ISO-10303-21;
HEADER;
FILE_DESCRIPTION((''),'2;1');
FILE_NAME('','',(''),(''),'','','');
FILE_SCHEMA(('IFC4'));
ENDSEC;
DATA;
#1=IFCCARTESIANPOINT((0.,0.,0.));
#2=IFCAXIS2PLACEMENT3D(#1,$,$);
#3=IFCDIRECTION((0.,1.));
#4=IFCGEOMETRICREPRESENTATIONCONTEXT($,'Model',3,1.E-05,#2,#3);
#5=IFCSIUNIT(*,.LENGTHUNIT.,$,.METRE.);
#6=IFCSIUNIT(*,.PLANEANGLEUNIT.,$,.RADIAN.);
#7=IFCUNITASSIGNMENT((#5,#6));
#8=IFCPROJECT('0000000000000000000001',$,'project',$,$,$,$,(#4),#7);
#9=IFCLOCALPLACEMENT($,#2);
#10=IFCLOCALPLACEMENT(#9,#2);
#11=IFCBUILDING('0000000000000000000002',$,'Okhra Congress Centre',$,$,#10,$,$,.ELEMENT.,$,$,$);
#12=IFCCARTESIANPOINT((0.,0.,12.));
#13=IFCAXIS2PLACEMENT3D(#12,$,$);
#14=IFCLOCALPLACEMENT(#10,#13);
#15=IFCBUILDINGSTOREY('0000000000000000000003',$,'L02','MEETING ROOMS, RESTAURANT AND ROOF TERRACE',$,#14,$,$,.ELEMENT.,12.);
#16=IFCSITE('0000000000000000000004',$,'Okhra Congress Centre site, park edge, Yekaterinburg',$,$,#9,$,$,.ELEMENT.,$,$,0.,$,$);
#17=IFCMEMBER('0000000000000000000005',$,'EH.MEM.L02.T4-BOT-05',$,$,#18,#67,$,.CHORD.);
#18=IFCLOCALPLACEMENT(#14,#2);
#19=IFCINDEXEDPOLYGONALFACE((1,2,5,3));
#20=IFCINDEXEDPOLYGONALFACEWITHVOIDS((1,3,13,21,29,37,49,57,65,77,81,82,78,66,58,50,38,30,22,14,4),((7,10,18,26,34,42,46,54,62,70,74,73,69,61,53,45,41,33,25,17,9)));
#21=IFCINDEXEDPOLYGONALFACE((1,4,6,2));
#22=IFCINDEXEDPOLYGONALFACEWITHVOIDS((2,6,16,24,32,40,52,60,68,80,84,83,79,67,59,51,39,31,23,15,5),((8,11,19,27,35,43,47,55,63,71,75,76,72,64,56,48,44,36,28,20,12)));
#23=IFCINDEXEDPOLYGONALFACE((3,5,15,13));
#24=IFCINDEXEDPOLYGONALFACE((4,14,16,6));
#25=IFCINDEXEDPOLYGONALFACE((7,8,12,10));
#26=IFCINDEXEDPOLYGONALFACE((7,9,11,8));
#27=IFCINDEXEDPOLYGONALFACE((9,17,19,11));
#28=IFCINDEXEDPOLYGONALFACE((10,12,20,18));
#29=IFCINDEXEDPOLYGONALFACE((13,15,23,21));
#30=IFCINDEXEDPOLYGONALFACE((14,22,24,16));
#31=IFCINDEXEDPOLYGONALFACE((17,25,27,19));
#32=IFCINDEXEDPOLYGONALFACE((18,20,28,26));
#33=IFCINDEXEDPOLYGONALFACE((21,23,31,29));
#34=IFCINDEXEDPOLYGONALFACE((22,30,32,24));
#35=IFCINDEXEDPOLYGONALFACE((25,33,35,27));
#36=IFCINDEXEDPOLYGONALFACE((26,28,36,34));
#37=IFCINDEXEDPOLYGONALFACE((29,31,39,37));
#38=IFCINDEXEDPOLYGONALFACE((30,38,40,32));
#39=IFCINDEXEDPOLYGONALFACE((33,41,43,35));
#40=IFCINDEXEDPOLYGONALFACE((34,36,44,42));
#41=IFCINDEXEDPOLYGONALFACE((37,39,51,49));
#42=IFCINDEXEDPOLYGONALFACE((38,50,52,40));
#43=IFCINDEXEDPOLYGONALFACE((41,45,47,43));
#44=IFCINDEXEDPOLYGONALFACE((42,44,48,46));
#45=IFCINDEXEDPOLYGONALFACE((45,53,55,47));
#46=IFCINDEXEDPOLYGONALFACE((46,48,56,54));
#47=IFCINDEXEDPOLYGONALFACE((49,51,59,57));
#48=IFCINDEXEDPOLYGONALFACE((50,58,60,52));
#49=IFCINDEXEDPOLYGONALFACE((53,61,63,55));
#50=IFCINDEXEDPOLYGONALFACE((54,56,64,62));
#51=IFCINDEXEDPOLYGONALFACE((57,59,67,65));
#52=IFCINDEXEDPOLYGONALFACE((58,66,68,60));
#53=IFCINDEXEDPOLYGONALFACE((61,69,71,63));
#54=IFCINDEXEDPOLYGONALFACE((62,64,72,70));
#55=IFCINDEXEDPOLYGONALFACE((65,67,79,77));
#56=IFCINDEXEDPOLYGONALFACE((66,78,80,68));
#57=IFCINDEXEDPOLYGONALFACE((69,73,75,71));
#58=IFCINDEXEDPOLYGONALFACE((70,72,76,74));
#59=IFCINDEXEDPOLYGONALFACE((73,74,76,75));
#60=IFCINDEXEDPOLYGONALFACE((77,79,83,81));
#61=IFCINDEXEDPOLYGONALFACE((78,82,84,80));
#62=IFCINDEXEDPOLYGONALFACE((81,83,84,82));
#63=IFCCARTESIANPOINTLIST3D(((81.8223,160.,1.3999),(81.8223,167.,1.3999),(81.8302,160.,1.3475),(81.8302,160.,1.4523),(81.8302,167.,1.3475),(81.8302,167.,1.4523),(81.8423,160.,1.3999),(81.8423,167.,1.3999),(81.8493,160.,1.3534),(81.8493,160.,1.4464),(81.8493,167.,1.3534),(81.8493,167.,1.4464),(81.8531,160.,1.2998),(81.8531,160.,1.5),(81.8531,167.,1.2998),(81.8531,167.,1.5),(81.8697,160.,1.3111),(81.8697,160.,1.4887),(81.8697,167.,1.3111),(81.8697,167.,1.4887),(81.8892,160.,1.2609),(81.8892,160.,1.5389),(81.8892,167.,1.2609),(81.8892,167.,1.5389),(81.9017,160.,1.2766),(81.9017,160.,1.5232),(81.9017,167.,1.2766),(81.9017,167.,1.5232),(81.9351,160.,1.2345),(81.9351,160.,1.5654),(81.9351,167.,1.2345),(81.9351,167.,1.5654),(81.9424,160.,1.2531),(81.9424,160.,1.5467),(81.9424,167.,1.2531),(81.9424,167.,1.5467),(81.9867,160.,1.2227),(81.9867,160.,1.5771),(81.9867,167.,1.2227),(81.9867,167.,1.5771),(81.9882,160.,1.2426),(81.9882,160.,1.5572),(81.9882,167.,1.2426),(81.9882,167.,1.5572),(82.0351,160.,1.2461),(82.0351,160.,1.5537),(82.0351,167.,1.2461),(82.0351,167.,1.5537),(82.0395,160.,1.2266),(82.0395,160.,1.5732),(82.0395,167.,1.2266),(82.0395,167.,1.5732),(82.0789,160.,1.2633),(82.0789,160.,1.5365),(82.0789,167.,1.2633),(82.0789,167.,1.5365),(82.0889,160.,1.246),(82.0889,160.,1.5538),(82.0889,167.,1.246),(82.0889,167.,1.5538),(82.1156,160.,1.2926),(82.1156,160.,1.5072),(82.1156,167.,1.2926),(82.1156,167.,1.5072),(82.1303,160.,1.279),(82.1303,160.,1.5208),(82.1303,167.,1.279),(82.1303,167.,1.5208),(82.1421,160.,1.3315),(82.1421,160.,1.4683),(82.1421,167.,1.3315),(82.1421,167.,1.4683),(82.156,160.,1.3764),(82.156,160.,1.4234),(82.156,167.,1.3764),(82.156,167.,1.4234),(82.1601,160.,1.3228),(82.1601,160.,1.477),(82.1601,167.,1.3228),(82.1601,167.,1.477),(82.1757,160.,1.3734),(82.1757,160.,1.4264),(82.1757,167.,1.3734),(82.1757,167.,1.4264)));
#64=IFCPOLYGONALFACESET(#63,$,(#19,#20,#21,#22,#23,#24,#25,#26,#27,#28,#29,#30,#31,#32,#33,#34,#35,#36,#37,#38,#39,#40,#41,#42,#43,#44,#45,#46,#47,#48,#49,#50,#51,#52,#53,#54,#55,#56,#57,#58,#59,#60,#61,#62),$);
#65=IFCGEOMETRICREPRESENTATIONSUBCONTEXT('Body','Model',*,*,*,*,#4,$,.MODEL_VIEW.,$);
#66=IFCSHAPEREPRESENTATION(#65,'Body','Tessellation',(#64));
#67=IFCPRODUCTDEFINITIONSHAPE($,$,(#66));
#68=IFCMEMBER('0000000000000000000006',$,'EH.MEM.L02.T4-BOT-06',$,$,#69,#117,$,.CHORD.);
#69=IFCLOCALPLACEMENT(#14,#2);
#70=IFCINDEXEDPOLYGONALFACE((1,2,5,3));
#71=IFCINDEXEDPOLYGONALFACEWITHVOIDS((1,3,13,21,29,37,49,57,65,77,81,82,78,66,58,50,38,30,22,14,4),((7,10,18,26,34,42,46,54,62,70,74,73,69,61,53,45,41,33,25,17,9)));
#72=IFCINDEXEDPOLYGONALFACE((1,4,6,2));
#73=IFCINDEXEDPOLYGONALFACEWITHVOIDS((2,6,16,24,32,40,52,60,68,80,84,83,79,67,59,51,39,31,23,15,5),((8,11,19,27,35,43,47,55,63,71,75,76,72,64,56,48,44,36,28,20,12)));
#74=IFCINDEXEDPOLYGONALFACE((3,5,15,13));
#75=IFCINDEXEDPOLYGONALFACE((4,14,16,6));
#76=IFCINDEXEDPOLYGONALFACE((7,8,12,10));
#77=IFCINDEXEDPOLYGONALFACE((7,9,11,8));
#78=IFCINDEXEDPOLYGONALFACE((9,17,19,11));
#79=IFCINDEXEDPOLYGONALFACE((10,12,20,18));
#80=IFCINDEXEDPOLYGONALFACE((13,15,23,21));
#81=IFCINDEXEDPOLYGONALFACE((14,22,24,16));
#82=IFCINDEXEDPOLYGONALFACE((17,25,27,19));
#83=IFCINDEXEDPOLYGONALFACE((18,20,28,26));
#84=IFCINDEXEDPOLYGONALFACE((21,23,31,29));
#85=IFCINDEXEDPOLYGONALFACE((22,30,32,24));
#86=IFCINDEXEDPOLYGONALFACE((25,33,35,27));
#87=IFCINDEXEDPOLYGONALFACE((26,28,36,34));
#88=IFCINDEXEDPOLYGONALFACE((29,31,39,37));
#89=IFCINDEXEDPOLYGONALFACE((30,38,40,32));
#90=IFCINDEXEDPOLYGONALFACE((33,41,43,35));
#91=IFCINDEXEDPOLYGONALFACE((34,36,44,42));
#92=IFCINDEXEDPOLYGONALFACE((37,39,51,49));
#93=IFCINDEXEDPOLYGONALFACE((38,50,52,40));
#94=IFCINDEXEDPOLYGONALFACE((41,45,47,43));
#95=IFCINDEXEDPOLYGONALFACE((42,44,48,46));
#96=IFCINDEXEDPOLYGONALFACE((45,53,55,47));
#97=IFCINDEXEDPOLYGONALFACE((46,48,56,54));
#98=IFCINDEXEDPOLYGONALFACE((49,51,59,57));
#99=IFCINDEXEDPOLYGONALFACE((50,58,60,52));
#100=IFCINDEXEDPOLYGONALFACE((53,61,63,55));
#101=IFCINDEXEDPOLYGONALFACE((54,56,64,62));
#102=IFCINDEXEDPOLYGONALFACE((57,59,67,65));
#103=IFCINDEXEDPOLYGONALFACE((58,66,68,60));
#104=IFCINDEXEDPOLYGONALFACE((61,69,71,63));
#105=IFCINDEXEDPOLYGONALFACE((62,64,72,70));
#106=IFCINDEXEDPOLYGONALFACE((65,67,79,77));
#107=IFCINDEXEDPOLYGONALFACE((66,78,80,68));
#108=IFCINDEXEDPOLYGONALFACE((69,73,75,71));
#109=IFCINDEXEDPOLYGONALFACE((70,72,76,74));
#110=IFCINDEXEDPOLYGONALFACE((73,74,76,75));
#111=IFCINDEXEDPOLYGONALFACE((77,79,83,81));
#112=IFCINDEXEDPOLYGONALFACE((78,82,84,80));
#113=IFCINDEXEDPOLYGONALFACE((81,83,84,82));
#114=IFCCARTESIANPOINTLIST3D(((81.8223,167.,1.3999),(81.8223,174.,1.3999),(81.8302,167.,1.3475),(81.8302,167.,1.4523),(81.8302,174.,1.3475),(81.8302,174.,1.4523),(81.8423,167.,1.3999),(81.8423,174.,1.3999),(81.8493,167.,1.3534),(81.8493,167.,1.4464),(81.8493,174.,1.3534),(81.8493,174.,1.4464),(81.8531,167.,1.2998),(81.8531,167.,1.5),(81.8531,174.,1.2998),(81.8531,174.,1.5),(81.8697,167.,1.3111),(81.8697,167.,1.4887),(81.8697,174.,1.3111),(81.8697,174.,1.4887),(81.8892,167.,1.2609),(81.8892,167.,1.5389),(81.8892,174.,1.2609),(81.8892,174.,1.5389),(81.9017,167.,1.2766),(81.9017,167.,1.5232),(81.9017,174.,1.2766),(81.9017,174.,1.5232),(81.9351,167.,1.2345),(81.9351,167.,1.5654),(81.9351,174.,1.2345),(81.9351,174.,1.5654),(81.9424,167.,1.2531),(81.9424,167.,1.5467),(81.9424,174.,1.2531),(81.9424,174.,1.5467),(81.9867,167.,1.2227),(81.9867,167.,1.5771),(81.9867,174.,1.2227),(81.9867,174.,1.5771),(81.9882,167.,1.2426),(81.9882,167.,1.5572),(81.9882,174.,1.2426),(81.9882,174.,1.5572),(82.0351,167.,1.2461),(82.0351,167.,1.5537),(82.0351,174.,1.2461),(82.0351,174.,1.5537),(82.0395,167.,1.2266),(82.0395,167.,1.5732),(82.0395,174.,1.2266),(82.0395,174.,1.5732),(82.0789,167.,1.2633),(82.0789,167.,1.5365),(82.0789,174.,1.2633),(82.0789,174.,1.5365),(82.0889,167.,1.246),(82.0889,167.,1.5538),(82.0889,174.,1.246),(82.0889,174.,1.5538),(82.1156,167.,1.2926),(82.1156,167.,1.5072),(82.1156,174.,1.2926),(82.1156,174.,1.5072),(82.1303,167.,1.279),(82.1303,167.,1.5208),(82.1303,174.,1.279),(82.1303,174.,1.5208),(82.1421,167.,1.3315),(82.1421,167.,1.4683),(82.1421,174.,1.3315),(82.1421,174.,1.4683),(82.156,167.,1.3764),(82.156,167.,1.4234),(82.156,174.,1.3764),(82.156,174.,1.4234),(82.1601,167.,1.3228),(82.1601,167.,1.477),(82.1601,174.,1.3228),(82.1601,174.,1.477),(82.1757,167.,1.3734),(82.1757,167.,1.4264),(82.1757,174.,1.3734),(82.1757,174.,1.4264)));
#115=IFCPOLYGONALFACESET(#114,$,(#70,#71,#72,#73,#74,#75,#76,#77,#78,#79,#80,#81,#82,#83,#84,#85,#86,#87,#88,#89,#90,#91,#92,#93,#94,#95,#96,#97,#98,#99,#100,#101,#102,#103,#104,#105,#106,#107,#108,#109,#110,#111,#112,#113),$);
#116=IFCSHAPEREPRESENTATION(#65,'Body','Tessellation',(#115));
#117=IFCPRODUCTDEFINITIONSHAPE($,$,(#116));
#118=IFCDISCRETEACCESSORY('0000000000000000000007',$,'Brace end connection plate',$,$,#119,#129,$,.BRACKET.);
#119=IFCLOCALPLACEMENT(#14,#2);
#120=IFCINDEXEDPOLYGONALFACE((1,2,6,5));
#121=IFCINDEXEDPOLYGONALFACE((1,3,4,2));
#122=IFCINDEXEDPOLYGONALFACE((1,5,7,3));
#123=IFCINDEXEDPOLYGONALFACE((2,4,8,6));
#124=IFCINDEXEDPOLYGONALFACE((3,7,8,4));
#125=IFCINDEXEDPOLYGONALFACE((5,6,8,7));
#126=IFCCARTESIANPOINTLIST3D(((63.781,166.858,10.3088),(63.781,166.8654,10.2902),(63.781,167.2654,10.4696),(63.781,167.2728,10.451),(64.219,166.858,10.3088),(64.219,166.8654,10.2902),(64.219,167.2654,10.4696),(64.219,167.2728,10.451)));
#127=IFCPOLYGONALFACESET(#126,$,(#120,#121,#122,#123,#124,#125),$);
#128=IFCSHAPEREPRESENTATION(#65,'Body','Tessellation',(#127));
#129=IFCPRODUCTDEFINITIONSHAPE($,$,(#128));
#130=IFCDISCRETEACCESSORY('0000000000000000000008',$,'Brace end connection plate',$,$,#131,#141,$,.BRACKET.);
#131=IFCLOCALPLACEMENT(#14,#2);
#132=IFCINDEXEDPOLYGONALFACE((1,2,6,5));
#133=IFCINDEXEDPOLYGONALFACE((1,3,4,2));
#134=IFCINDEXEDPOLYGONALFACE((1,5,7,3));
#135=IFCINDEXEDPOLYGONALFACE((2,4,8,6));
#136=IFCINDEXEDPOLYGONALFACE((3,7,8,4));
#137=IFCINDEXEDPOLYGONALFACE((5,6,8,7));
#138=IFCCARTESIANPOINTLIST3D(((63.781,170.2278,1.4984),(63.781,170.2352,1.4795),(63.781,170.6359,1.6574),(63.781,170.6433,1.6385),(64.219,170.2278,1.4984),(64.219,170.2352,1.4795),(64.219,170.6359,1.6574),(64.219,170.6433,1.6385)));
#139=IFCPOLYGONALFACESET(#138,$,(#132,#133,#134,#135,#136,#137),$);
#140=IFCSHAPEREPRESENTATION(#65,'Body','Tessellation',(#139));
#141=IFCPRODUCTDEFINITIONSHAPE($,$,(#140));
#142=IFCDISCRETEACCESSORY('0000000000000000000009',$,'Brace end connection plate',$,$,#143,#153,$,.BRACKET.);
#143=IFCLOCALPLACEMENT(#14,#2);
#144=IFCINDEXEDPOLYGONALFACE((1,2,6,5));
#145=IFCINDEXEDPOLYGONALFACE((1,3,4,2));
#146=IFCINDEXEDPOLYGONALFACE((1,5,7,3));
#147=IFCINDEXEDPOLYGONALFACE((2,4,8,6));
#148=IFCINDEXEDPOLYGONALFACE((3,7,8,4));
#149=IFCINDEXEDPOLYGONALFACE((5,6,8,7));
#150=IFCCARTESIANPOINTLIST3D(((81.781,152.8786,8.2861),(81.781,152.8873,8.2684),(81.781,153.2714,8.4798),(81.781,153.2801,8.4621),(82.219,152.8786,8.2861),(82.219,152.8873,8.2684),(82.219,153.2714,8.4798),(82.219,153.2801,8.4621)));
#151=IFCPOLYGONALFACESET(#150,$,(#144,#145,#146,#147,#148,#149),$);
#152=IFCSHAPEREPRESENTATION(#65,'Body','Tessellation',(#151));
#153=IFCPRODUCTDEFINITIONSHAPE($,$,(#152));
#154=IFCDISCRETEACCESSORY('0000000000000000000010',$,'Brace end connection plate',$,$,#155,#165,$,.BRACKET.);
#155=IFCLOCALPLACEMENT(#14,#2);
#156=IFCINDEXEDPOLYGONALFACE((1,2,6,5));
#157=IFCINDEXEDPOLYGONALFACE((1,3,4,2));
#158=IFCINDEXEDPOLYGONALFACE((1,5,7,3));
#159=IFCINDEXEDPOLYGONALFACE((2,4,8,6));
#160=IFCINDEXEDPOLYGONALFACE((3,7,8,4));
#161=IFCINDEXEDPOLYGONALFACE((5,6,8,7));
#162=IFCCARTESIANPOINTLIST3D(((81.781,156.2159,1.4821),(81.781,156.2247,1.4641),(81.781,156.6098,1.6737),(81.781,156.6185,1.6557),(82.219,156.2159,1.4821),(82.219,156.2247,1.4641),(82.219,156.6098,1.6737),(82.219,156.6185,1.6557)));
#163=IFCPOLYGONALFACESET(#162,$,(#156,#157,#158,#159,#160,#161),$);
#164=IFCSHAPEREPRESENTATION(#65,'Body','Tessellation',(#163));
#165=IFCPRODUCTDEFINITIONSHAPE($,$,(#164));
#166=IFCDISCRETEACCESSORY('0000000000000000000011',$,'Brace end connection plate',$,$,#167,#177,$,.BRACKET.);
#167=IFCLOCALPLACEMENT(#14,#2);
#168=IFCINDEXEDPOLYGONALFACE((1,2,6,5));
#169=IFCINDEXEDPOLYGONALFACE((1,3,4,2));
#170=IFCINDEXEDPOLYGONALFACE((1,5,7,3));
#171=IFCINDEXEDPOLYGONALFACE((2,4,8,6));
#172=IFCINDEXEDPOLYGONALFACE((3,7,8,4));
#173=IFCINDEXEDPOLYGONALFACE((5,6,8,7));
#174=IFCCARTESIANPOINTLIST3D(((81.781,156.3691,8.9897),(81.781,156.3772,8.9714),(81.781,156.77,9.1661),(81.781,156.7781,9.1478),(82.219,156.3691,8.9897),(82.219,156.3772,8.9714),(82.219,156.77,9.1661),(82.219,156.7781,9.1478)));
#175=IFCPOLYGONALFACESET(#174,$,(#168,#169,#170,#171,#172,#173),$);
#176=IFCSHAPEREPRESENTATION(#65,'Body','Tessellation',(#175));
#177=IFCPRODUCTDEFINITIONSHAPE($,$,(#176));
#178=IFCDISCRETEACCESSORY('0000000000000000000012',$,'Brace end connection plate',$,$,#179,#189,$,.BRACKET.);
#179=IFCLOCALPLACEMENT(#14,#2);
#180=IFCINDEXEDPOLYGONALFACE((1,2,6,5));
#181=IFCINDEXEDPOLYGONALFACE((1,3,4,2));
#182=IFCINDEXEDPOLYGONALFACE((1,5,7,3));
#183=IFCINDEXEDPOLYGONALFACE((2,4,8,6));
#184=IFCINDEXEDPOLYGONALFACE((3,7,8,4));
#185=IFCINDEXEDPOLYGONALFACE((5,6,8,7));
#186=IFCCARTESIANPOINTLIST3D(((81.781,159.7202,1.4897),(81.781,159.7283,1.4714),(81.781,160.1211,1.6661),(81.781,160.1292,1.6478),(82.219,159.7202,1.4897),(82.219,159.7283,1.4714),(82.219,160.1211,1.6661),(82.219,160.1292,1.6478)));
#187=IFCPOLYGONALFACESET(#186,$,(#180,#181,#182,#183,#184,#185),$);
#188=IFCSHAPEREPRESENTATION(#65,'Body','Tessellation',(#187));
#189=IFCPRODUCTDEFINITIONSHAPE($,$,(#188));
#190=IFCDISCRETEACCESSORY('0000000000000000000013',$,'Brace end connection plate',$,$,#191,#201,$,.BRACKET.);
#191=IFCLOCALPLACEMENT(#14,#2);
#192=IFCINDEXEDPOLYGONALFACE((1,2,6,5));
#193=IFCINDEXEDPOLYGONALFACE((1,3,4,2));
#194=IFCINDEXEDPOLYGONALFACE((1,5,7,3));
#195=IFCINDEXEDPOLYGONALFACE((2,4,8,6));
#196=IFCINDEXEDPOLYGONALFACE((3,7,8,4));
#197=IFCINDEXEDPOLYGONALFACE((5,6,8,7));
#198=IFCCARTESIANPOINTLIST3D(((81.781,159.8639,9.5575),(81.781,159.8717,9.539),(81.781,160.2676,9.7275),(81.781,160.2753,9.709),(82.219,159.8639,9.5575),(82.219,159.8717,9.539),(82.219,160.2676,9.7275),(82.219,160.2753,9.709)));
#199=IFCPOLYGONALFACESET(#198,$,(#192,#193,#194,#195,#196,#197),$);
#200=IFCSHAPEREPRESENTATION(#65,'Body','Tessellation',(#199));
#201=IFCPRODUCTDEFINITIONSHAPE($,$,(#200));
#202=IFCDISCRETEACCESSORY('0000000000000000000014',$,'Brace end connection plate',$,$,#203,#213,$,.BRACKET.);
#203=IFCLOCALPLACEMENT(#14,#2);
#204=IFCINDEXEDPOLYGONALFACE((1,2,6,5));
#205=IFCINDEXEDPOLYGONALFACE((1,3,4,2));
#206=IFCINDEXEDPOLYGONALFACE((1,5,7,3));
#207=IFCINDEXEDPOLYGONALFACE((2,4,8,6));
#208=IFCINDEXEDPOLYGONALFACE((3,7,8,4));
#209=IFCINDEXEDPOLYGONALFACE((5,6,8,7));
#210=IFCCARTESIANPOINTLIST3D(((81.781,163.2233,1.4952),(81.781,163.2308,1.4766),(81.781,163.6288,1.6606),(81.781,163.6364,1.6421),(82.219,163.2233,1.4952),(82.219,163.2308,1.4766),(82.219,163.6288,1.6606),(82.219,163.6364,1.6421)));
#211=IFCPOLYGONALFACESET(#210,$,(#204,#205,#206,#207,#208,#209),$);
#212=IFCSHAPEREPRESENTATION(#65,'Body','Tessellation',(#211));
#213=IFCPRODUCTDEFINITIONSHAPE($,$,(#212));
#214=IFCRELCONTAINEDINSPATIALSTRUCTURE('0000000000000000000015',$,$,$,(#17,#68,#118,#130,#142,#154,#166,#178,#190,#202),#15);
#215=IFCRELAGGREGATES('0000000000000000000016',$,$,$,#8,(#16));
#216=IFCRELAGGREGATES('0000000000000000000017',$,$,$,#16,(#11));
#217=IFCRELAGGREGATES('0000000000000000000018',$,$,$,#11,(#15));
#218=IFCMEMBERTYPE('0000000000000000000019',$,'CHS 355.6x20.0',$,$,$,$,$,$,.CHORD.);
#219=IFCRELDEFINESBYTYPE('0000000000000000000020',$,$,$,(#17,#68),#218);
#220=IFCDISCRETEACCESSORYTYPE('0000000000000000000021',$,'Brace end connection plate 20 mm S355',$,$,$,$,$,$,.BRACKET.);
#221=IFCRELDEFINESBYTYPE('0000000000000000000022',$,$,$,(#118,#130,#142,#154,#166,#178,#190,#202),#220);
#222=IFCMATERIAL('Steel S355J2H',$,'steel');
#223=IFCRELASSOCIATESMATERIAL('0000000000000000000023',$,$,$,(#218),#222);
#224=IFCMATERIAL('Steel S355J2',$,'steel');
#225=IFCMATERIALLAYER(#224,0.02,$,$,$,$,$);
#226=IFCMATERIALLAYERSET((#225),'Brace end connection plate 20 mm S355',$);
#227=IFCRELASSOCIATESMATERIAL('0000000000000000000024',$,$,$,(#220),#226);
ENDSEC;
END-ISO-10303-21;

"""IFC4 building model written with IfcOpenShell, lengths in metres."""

from ifc_helpers import new_model, si_unit, direction, frame, origin, origin_2d, place, context, subcontext, project, spatial, rectangle, hollow_circle, extrude, material, layer, layer_set, material_profile, profile_set, type_object, element, save


model = new_model("IFC4")

# Units and contexts
model_context = context("Model", 3, precision=1e-05, world=origin(), true_north=direction((0.0, 1.0)))
body_context = subcontext(model_context, "Body", "Model", "MODEL_VIEW")
ifc_project = project(units=[si_unit("LENGTHUNIT", "METRE"), si_unit("PLANEANGLEUNIT", "RADIAN")], contexts=[model_context])

# Site, building, storey
site_placement = place(None, origin())
site = spatial("IfcSite", under=ifc_project, at=site_placement, Name="Okhra Congress Centre site, park edge, Yekaterinburg", CompositionType="ELEMENT", RefElevation=0.0)
building_placement = place(site_placement, origin())
building = spatial("IfcBuilding", under=site, at=building_placement, Name="Okhra Congress Centre", CompositionType="ELEMENT")
storey_placement = place(building_placement, frame((0.0, 0.0, 12.0)))
storey = spatial("IfcBuildingStorey", under=building, at=storey_placement, Name="L02", Description="MEETING ROOMS, RESTAURANT AND ROOF TERRACE", CompositionType="ELEMENT", Elevation=12.0)

# Members
ifc_material_1 = material(Name="Steel S355J2H", Category="steel")
ifc_material_profile_1 = material_profile(ifc_material_1, hollow_circle(Radius=0.1777, WallThickness=0.02, at=origin_2d()), Name="CHS 355.6x20.0")
ifc_profile_set_1 = profile_set([ifc_material_profile_1], Name="Steel S355J2H")
member_type_1 = type_object("IfcMemberType", Name="CHS 355.6x20.0", PredefinedType="CHORD", material=ifc_profile_set_1)
for number, where, z_axis, x_axis, name in (
    (1, (82.0, 160.0, 1.3999), (0.0, 1.0, 0.0), (-1.0, 0.0, 0.0), "EH.MEM.L02.T4-BOT-05"),
    (2, (82.0, 167.0, 1.3999), (0.0, 1.0, 0.0), (-1.0, 0.0, 0.0), "EH.MEM.L02.T4-BOT-06"),
):
    element("IfcMember", number, at=place(storey_placement, frame(where, z_axis=z_axis, x_axis=x_axis)), inside=storey, type_object=member_type_1, Name=name, PredefinedType="CHORD", context=body_context, shape_type="SweptSolid", body=[
        extrude(hollow_circle(Radius=0.1777, WallThickness=0.02, at=origin_2d()), origin(), (0.0, 0.0, 1.0), 7.0),
    ])

# Discrete accessories
ifc_material_2 = material(Name="Steel S355J2", Category="steel")
ifc_layer = layer(ifc_material_2, 0.02)
ifc_layer_set = layer_set([ifc_layer], Name="Brace end connection plate 20 mm S355")
discrete_accessory_type = type_object("IfcDiscreteAccessoryType", Name="Brace end connection plate 20 mm S355", PredefinedType="BRACKET", material=ifc_layer_set)
discrete_accessory_1_placement = place(storey_placement, frame((64.0, 167.0691, 10.3706), z_axis=(0.0, -0.367167, 0.930155), x_axis=(1.0, 0.0, 0.0)))
element("IfcDiscreteAccessory", 3, at=discrete_accessory_1_placement, inside=storey, type_object=discrete_accessory_type, Name="Brace end connection plate", PredefinedType="BRACKET", context=body_context, shape_type="SweptSolid", body=[
    extrude(rectangle(XDim=0.438, YDim=0.438, at=origin_2d()), origin(), (0.0, 0.0, 1.0), 0.02),
])
discrete_accessory_2_placement = place(storey_placement, frame((64.0, 170.4319, 1.5779), z_axis=(0.0, 0.36303, -0.931777), x_axis=(-1.0, 0.0, 0.0)))
element("IfcDiscreteAccessory", 4, at=discrete_accessory_2_placement, inside=storey, type_object=discrete_accessory_type, Name="Brace end connection plate", PredefinedType="BRACKET", context=body_context, shape_type="SweptSolid", body=[
    extrude(rectangle(XDim=0.438, YDim=0.438, at=origin_2d()), origin(), (0.0, 0.0, 1.0), 0.0203),
])
discrete_accessory_3_placement = place(storey_placement, frame((82.0, 153.0837, 8.3652), z_axis=(0.0, -0.442292, 0.896871), x_axis=(1.0, 0.0, 0.0)))
element("IfcDiscreteAccessory", 5, at=discrete_accessory_3_placement, inside=storey, type_object=discrete_accessory_type, Name="Brace end connection plate", PredefinedType="BRACKET", context=body_context, shape_type="SweptSolid", body=[
    extrude(rectangle(XDim=0.438, YDim=0.438, at=origin_2d()), origin(), (0.0, 0.0, 1.0), 0.0198),
])
for number, where, z_axis, x_axis, name in (
    (6, (82.0, 156.4128, 1.5779), (0.0, 0.437466, -0.899235), (-1.0, 0.0, 0.0), "Brace end connection plate"),
    (7, (82.0, 156.5776, 9.0596), (0.0, -0.402739, 0.915315), (1.0, 0.0, 0.0), "Brace end connection plate"),
    (8, (82.0, 159.9207, 1.5779), (0.0, 0.402739, -0.915315), (-1.0, 0.0, 0.0), "Brace end connection plate"),
    (9, (82.0, 160.0735, 9.624), (0.0, -0.388057, 0.921635), (1.0, 0.0, 0.0), "Brace end connection plate"),
    (10, (82.0, 163.426, 1.5779), (0.0, 0.377684, -0.925935), (-1.0, 0.0, 0.0), "Brace end connection plate"),
):
    element("IfcDiscreteAccessory", number, at=place(storey_placement, frame(where, z_axis=z_axis, x_axis=x_axis)), inside=storey, type_object=discrete_accessory_type, Name=name, PredefinedType="BRACKET", context=body_context, shape_type="SweptSolid", body=[
        extrude(rectangle(XDim=0.438, YDim=0.438, at=origin_2d()), origin(), (0.0, 0.0, 1.0), 0.02),
    ])

save(model, "model.ifc")
